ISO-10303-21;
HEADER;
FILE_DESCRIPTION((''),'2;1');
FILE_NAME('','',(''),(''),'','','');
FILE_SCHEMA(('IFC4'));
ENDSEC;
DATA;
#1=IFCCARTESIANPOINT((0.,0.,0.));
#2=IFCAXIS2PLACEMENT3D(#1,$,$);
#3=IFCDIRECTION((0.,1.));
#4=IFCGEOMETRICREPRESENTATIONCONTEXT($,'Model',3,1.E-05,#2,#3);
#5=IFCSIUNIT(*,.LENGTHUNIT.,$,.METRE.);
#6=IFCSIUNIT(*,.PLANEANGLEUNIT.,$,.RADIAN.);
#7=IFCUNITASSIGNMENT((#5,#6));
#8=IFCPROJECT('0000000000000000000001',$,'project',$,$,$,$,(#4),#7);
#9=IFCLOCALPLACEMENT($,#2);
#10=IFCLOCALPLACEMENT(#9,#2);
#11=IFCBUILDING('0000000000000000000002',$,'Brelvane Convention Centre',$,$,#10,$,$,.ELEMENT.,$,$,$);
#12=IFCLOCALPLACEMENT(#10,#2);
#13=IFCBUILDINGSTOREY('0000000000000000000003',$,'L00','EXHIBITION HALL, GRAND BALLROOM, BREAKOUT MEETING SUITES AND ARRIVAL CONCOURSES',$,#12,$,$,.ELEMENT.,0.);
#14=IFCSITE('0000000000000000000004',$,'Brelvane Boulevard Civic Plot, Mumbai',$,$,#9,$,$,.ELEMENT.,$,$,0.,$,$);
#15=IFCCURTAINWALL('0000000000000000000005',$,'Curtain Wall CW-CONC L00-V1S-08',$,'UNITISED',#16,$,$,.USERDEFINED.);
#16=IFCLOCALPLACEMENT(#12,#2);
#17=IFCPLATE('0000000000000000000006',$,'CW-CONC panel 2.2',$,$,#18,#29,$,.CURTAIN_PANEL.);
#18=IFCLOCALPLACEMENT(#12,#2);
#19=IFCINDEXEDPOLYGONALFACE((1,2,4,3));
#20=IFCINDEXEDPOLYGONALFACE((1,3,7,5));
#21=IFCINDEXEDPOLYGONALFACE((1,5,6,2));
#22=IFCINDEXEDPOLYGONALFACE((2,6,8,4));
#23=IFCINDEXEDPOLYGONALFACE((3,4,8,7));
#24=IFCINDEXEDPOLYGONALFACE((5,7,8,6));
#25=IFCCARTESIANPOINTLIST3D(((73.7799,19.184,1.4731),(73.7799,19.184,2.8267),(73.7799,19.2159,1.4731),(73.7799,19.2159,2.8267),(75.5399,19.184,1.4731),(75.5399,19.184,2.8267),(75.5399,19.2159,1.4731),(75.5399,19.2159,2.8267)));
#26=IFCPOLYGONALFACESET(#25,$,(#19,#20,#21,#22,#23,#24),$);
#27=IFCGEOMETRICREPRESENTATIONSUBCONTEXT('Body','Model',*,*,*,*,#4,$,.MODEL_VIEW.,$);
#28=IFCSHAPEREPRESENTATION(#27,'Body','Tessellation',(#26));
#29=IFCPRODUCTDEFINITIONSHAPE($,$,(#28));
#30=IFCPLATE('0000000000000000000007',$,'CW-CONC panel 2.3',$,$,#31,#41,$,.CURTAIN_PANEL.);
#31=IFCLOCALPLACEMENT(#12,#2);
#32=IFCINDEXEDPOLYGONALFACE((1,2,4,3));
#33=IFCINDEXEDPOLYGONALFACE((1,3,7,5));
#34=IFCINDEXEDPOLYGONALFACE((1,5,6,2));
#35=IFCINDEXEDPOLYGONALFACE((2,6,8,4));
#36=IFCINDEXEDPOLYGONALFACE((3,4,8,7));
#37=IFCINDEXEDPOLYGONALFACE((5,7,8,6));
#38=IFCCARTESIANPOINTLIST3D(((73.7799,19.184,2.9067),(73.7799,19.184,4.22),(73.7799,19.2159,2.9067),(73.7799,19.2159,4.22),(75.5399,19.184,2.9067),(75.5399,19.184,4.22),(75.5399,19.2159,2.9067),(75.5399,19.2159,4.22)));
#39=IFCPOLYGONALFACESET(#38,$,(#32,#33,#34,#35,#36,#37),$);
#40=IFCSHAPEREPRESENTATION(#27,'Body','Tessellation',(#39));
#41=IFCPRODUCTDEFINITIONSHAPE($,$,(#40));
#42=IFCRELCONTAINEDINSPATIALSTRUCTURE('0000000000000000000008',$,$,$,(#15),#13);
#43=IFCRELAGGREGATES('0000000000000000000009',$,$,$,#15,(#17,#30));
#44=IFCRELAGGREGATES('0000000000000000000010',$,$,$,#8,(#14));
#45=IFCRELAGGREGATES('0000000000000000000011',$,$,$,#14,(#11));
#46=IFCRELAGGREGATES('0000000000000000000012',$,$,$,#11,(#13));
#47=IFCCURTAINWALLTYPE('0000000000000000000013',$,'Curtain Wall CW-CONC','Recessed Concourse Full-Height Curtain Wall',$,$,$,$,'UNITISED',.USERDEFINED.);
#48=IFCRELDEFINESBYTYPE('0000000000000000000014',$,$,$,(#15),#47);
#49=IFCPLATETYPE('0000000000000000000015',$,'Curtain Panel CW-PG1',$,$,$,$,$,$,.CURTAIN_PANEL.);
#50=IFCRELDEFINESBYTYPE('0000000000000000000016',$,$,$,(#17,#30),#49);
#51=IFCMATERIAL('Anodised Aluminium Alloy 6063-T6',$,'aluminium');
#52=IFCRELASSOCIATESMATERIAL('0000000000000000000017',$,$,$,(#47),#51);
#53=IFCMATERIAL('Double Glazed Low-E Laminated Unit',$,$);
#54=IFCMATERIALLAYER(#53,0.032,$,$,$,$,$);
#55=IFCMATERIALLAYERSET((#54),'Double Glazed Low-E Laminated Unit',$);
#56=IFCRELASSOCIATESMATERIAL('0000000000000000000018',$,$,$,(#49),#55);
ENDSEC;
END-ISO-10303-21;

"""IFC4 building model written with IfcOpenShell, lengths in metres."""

from ifc_helpers import new_model, si_unit, direction, frame, origin, origin_2d, place, context, subcontext, project, spatial, rectangle, extrude, material, layer, layer_set, type_object, element, aggregate, save


model = new_model("IFC4")

# Units and contexts
model_context = context("Model", 3, precision=1e-05, world=origin(), true_north=direction((0.0, 1.0)))
body_context = subcontext(model_context, "Body", "Model", "MODEL_VIEW")
ifc_project = project(units=[si_unit("LENGTHUNIT", "METRE"), si_unit("PLANEANGLEUNIT", "RADIAN")], contexts=[model_context])

# Site, building, storey
site_placement = place(None, origin())
site = spatial("IfcSite", under=ifc_project, at=site_placement, Name="Brelvane Boulevard Civic Plot, Mumbai", CompositionType="ELEMENT", RefElevation=0.0)
building_placement = place(site_placement, origin())
building = spatial("IfcBuilding", under=site, at=building_placement, Name="Brelvane Convention Centre", CompositionType="ELEMENT")
storey_placement = place(building_placement, origin())
storey = spatial("IfcBuildingStorey", under=building, at=storey_placement, Name="L00", Description="EXHIBITION HALL, GRAND BALLROOM, BREAKOUT MEETING SUITES AND ARRIVAL CONCOURSES", CompositionType="ELEMENT", Elevation=0.0)

# Curtain wall, plates
ifc_material_1 = material(Name="Anodised Aluminium Alloy 6063-T6", Category="aluminium")
curtain_wall_type = type_object("IfcCurtainWallType", Name="Curtain Wall CW-CONC", Description="Recessed Concourse Full-Height Curtain Wall", ElementType="UNITISED", PredefinedType="USERDEFINED", material=ifc_material_1)
curtain_wall_placement = place(storey_placement, origin())
curtain_wall = element("IfcCurtainWall", 1, at=curtain_wall_placement, inside=storey, type_object=curtain_wall_type, Name="Curtain Wall CW-CONC L00-V1S-08", ObjectType="UNITISED", PredefinedType="USERDEFINED")
ifc_material_2 = material(Name="Double Glazed Low-E Laminated Unit")
ifc_layer = layer(ifc_material_2, 0.032)
ifc_layer_set = layer_set([ifc_layer], Name="Double Glazed Low-E Laminated Unit")
plate_type = type_object("IfcPlateType", Name="Curtain Panel CW-PG1", PredefinedType="CURTAIN_PANEL", material=ifc_layer_set)
plate_1_placement = place(storey_placement, frame((74.6599, 19.2, 1.4731), z_axis=(0.0, 0.0, 1.0), x_axis=(1.0, 0.0, 0.0)))
plate_1 = element("IfcPlate", 2, at=plate_1_placement, type_object=plate_type, Name="CW-CONC panel 2.2", PredefinedType="CURTAIN_PANEL", context=body_context, shape_type="SweptSolid", body=[
    extrude(rectangle(XDim=1.76, YDim=0.032, at=origin_2d()), origin(), (0.0, 0.0, 1.0), 1.3535),
])
plate_2_placement = place(storey_placement, frame((74.6599, 19.2, 2.9067), z_axis=(0.0, 0.0, 1.0), x_axis=(1.0, 0.0, 0.0)))
plate_2 = element("IfcPlate", 3, at=plate_2_placement, type_object=plate_type, Name="CW-CONC panel 2.3", PredefinedType="CURTAIN_PANEL", context=body_context, shape_type="SweptSolid", body=[
    extrude(rectangle(XDim=1.76, YDim=0.032, at=origin_2d()), origin(), (0.0, 0.0, 1.0), 1.3132),
])
aggregate(curtain_wall, [plate_1, plate_2])

save(model, "model.ifc")
